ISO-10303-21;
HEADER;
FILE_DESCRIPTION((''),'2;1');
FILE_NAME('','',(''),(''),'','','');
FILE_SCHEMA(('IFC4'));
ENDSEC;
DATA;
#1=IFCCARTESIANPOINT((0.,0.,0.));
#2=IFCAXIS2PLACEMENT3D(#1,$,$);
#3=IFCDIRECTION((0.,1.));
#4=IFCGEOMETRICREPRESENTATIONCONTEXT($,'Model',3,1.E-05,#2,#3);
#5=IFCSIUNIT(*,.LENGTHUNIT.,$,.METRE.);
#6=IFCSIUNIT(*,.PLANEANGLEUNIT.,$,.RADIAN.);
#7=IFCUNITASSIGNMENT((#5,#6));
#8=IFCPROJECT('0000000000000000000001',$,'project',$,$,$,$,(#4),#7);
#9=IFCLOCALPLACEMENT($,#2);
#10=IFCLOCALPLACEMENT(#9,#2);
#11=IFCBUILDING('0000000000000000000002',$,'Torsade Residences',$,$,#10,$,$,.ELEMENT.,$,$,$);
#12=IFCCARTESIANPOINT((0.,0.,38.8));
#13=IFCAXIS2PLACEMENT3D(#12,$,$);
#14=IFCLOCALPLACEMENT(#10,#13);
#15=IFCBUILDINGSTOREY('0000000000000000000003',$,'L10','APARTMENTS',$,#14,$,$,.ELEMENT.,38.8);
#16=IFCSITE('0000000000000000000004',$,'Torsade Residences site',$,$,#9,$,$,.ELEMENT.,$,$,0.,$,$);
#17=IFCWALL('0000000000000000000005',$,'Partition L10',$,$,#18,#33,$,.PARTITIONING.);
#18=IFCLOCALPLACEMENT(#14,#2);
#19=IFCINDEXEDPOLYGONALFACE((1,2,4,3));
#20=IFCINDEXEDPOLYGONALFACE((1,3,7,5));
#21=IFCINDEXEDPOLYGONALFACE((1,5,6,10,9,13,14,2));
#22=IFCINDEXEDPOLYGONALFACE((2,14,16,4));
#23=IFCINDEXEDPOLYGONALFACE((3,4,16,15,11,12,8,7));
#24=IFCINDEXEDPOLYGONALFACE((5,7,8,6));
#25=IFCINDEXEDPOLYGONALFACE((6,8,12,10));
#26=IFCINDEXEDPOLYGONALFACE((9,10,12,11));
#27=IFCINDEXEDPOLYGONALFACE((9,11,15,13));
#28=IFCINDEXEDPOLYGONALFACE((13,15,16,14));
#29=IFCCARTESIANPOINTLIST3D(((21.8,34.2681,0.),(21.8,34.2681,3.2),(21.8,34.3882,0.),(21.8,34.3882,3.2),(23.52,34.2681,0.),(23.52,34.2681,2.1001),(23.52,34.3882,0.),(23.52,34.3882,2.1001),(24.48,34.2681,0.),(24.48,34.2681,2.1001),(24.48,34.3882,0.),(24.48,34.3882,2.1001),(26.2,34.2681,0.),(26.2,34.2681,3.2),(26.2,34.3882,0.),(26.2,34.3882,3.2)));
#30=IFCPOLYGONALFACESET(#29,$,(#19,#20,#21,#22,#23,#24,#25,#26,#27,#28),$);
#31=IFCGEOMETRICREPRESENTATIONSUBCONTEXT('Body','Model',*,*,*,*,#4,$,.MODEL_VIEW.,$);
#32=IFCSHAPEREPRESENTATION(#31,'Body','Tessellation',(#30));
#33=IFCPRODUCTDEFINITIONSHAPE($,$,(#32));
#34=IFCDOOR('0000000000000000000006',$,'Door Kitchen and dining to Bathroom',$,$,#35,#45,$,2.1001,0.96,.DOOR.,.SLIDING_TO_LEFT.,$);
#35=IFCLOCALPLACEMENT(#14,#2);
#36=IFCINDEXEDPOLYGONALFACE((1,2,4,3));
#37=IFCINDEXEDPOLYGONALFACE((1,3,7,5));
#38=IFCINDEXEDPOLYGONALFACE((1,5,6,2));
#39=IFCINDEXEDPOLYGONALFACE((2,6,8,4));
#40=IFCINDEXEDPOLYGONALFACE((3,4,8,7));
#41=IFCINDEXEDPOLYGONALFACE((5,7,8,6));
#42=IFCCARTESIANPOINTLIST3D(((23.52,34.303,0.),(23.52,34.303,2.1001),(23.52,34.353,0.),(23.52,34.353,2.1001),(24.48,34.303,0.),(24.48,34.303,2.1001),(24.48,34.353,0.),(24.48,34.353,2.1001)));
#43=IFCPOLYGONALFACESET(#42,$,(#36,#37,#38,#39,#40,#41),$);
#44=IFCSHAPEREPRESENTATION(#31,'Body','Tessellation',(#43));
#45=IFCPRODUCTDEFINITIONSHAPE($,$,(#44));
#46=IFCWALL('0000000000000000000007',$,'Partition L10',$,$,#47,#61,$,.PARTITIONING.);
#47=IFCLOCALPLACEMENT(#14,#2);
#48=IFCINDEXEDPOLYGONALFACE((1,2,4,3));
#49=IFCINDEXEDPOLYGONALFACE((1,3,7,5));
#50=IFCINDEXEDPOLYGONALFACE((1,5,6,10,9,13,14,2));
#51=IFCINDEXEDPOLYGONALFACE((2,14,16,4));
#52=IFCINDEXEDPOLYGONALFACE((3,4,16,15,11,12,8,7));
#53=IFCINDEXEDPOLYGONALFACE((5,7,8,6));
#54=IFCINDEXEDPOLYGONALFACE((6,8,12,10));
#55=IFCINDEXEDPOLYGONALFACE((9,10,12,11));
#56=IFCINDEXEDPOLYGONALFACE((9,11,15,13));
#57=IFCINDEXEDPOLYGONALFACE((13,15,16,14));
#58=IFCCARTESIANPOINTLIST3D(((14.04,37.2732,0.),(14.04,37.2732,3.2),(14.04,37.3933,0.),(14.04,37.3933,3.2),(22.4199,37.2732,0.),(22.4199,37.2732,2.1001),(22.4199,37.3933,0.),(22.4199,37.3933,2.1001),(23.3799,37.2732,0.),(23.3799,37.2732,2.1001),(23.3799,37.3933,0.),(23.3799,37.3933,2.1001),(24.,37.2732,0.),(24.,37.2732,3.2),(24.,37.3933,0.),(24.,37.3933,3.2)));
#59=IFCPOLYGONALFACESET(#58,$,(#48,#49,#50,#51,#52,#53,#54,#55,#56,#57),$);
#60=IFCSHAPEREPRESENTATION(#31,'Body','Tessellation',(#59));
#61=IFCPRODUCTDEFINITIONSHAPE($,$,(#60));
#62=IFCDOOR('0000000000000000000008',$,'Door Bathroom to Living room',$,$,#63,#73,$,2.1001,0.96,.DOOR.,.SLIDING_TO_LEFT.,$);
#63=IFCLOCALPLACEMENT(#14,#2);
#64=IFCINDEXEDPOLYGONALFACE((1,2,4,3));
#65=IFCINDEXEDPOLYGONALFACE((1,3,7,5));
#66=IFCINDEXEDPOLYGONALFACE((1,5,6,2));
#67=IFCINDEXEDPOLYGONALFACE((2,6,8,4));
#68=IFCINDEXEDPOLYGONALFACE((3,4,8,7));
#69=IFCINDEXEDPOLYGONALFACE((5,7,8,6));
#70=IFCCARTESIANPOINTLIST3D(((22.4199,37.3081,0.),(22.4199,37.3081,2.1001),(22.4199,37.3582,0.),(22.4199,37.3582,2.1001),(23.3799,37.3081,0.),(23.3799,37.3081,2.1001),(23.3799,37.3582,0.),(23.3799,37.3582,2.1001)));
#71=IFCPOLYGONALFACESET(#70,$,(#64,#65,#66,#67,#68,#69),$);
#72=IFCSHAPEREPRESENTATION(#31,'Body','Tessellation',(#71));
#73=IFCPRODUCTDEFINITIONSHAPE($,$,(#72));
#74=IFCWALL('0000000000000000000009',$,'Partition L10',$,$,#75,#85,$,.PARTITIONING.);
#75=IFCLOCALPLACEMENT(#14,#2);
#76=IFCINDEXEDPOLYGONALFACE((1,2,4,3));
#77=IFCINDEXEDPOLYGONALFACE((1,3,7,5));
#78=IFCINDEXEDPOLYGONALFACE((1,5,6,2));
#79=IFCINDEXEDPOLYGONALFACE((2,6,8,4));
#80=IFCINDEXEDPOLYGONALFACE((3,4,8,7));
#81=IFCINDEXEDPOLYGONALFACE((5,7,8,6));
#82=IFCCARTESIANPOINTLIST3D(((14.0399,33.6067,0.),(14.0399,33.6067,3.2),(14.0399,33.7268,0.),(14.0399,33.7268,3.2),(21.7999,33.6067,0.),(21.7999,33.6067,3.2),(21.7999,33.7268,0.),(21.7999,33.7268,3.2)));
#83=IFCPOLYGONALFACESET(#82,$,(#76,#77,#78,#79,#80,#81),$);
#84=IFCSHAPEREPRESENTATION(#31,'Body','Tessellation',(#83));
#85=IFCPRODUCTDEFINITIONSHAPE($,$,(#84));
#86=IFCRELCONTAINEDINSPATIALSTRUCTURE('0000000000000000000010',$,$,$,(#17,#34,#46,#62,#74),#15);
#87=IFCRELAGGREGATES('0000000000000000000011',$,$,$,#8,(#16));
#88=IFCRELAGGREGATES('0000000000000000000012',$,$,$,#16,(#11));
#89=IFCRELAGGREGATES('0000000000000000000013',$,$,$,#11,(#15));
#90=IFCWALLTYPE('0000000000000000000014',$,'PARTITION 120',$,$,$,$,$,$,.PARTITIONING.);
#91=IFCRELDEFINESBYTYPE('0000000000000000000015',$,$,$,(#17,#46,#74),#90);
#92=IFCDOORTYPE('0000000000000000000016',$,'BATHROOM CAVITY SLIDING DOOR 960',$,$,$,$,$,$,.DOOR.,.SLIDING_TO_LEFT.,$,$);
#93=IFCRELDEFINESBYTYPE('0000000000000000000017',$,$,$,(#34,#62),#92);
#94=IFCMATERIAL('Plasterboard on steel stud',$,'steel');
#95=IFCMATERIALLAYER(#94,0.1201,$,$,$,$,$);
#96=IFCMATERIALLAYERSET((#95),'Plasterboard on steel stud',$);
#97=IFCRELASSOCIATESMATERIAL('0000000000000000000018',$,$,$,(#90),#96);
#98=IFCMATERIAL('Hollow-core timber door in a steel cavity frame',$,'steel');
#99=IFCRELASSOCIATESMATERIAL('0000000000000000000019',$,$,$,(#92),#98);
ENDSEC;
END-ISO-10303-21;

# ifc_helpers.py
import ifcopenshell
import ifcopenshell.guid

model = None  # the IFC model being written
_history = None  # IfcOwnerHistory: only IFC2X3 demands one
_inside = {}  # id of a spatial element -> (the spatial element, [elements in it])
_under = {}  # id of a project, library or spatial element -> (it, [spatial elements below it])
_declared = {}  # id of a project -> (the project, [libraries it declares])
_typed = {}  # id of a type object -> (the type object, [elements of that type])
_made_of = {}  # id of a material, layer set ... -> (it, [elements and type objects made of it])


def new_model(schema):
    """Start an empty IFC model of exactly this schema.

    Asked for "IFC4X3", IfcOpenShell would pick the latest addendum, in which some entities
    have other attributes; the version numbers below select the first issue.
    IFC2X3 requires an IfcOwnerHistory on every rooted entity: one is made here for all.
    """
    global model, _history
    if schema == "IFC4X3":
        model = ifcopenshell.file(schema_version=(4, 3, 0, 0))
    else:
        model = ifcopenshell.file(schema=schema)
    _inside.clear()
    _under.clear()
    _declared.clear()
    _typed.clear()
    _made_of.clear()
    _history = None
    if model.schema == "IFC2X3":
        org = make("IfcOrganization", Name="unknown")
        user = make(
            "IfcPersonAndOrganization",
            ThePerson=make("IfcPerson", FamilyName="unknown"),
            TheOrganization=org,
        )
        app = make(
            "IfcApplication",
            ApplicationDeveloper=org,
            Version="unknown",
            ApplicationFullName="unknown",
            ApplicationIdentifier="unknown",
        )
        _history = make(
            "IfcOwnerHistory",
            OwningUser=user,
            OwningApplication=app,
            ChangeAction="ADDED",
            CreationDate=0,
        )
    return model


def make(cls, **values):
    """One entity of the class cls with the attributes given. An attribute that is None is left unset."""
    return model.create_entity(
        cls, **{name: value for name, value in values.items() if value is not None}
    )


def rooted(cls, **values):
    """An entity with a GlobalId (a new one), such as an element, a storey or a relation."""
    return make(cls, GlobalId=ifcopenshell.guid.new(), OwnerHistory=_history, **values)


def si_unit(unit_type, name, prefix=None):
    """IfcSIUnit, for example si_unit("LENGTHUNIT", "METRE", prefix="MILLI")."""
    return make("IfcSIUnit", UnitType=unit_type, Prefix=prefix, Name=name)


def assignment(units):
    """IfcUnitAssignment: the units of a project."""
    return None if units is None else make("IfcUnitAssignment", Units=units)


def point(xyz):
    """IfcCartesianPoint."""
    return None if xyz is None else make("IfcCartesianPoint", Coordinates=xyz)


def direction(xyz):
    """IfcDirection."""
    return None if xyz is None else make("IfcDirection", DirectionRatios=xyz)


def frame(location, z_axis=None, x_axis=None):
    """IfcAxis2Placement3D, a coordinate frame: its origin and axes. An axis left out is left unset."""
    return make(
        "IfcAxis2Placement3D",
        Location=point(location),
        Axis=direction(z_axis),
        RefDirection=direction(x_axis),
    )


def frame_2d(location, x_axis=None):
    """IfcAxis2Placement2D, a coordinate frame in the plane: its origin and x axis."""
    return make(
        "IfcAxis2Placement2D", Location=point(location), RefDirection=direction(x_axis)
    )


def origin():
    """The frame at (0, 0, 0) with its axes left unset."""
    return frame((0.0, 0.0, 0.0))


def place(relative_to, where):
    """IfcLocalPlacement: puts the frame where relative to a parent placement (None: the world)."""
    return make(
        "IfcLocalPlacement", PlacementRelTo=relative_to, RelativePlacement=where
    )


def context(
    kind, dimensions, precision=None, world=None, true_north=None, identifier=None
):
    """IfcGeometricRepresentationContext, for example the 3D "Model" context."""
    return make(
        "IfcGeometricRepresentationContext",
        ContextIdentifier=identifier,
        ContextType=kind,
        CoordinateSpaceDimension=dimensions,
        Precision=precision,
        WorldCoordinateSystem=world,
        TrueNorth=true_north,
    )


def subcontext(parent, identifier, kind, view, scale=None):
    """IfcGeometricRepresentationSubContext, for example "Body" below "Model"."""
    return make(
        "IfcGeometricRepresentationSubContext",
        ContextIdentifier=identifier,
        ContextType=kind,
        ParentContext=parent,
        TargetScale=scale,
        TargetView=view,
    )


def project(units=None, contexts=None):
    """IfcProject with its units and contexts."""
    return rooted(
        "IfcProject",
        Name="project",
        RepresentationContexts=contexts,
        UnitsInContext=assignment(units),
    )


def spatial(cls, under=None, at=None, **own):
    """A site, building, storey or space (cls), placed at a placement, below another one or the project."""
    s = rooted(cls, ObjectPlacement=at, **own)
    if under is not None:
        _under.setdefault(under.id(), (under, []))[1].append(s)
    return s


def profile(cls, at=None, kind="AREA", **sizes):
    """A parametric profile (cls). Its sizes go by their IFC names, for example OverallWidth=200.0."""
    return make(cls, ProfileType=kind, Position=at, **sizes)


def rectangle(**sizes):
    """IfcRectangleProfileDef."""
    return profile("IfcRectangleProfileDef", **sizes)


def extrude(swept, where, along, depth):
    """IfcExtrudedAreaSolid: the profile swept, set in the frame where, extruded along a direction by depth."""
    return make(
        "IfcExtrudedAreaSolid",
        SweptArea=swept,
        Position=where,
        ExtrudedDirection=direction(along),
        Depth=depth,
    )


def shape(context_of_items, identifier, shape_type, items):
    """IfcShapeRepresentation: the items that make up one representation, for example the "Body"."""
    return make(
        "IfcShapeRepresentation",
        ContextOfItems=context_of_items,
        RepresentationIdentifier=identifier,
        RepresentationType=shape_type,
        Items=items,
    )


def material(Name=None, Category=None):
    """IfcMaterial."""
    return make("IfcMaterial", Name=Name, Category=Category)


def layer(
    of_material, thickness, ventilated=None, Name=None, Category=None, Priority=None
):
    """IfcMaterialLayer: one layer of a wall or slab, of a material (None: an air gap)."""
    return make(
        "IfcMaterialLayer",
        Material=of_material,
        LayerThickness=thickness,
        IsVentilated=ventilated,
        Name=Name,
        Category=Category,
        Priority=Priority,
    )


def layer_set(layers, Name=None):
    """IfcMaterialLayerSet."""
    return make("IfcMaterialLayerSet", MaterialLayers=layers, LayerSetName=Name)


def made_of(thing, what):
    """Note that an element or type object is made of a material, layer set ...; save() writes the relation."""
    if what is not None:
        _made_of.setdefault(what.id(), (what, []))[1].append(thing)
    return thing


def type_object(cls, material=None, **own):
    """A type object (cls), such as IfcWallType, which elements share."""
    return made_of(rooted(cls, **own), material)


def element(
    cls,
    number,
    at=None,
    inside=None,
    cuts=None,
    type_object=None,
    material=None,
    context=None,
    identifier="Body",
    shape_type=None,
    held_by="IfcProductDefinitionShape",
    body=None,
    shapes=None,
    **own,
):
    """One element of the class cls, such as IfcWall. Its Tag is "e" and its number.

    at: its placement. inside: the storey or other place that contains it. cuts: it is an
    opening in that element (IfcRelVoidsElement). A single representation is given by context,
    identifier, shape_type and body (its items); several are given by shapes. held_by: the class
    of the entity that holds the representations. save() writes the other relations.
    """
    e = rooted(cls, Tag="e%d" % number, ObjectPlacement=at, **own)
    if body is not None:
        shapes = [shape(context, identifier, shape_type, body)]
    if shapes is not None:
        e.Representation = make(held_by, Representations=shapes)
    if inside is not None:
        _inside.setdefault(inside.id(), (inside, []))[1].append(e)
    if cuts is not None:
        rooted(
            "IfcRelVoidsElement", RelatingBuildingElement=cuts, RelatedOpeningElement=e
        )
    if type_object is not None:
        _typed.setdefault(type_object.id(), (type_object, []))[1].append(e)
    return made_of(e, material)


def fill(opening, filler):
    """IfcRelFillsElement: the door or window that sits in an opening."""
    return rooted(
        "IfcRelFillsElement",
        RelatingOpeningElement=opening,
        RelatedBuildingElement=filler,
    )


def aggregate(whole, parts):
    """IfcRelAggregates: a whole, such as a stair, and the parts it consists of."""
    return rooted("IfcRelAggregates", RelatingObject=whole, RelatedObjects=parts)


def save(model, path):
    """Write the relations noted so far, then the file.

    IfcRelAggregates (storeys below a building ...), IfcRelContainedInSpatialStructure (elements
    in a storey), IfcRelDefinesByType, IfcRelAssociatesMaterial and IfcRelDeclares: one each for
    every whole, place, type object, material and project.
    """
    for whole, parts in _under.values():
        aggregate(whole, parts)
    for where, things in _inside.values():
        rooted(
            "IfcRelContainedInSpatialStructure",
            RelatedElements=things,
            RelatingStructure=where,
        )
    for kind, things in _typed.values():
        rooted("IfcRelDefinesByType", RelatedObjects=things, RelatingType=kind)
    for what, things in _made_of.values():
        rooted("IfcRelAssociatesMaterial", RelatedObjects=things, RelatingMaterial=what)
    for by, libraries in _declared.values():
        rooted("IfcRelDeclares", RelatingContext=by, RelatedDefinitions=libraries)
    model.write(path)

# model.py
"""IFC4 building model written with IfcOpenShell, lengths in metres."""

from ifc_helpers import new_model, si_unit, direction, frame, frame_2d, origin, place, context, subcontext, project, spatial, rectangle, extrude, material, layer, layer_set, type_object, element, fill, save


model = new_model("IFC4")

# Units and contexts
model_context = context("Model", 3, precision=1e-05, world=origin(), true_north=direction((0.0, 1.0)))
body_context = subcontext(model_context, "Body", "Model", "MODEL_VIEW")
ifc_project = project(units=[si_unit("LENGTHUNIT", "METRE"), si_unit("PLANEANGLEUNIT", "RADIAN")], contexts=[model_context])

# Site, building, storey
site_placement = place(None, origin())
site = spatial("IfcSite", under=ifc_project, at=site_placement, Name="Torsade Residences site", CompositionType="ELEMENT", RefElevation=0.0)
building_placement = place(site_placement, origin())
building = spatial("IfcBuilding", under=site, at=building_placement, Name="Torsade Residences", CompositionType="ELEMENT")
storey_placement = place(building_placement, frame((0.0, 0.0, 38.8)))
storey = spatial("IfcBuildingStorey", under=building, at=storey_placement, Name="L10", Description="APARTMENTS", CompositionType="ELEMENT", Elevation=38.8)

# Walls, openings, doors
ifc_material_1 = material(Name="Plasterboard on steel stud", Category="steel")
ifc_layer_1 = layer(ifc_material_1, 0.1201)
ifc_layer_set_1 = layer_set([ifc_layer_1], Name="Plasterboard on steel stud")
wall_type = type_object("IfcWallType", Name="PARTITION 120", PredefinedType="PARTITIONING", material=ifc_layer_set_1)
wall_1_placement = place(storey_placement, frame((21.8, 34.3281, 0.0), z_axis=(0.0, 0.0, 1.0), x_axis=(1.0, 0.0, 0.0)))
wall_1 = element("IfcWall", 1, at=wall_1_placement, inside=storey, type_object=wall_type, Name="Partition L10", PredefinedType="PARTITIONING", context=body_context, shape_type="SweptSolid", body=[
    extrude(rectangle(XDim=4.3999, YDim=0.1201, at=frame_2d((2.2, 0.0))), origin(), (0.0, 0.0, 1.0), 3.2),
])
opening_1_placement = place(wall_1_placement, frame((1.72, 0.0, 0.0)))
opening_1 = element("IfcOpeningElement", 2, at=opening_1_placement, cuts=wall_1, PredefinedType="OPENING", context=body_context, shape_type="SweptSolid", body=[
    extrude(rectangle(XDim=0.96, YDim=2.1001, at=frame_2d((0.48, 1.05))), frame((0.0, 0.0701, 0.0), z_axis=(0.0, -1.0, 0.0), x_axis=(1.0, 0.0, 0.0)), (0.0, 0.0, 1.0), 0.1401),
])
ifc_material_2 = material(Name="Hollow-core timber door in a steel cavity frame", Category="steel")
door_type = type_object("IfcDoorType", Name="BATHROOM CAVITY SLIDING DOOR 960", OperationType="SLIDING_TO_LEFT", PredefinedType="DOOR", material=ifc_material_2)
door_1_placement = place(opening_1_placement, origin())
door_1 = element("IfcDoor", 3, at=door_1_placement, inside=storey, type_object=door_type, Name="Door Kitchen and dining to Bathroom", OperationType="SLIDING_TO_LEFT", OverallHeight=2.1001, OverallWidth=0.96, PredefinedType="DOOR", context=body_context, shape_type="SweptSolid", body=[
    extrude(rectangle(XDim=0.96, YDim=2.1001, at=frame_2d((0.48, 1.05))), frame((0.0, 0.0249, 0.0), z_axis=(0.0, -1.0, 0.0), x_axis=(1.0, 0.0, 0.0)), (0.0, 0.0, 1.0), 0.05),
])
fill(opening_1, door_1)
wall_2_placement = place(storey_placement, frame((14.04, 37.3333, 0.0), z_axis=(0.0, 0.0, 1.0), x_axis=(1.0, 0.0, 0.0)))
wall_2 = element("IfcWall", 4, at=wall_2_placement, inside=storey, type_object=wall_type, Name="Partition L10", PredefinedType="PARTITIONING", context=body_context, shape_type="SweptSolid", body=[
    extrude(rectangle(XDim=9.96, YDim=0.1201, at=frame_2d((4.98, 0.0))), origin(), (0.0, 0.0, 1.0), 3.2),
])
opening_2_placement = place(wall_2_placement, frame((8.3799, 0.0, 0.0)))
opening_2 = element("IfcOpeningElement", 5, at=opening_2_placement, cuts=wall_2, PredefinedType="OPENING", context=body_context, shape_type="SweptSolid", body=[
    extrude(rectangle(XDim=0.96, YDim=2.1001, at=frame_2d((0.48, 1.05))), frame((0.0, 0.0701, 0.0), z_axis=(0.0, -1.0, 0.0), x_axis=(1.0, 0.0, 0.0)), (0.0, 0.0, 1.0), 0.1401),
])
door_2_placement = place(opening_2_placement, origin())
door_2 = element("IfcDoor", 6, at=door_2_placement, inside=storey, type_object=door_type, Name="Door Bathroom to Living room", OperationType="SLIDING_TO_LEFT", OverallHeight=2.1001, OverallWidth=0.96, PredefinedType="DOOR", context=body_context, shape_type="SweptSolid", body=[
    extrude(rectangle(XDim=0.96, YDim=2.1001, at=frame_2d((0.48, 1.05))), frame((0.0, 0.0249, 0.0), z_axis=(0.0, -1.0, 0.0), x_axis=(1.0, 0.0, 0.0)), (0.0, 0.0, 1.0), 0.05),
])
fill(opening_2, door_2)

# Wall
wall_3_placement = place(storey_placement, frame((14.04, 33.6667, 0.0), z_axis=(0.0, 0.0, 1.0), x_axis=(1.0, 0.0, 0.0)))
element("IfcWall", 7, at=wall_3_placement, inside=storey, type_object=wall_type, Name="Partition L10", PredefinedType="PARTITIONING", context=body_context, shape_type="SweptSolid", body=[
    extrude(rectangle(XDim=7.76, YDim=0.1201, at=frame_2d((3.8799, 0.0))), origin(), (0.0, 0.0, 1.0), 3.2),
])

save(model, "model.ifc")
